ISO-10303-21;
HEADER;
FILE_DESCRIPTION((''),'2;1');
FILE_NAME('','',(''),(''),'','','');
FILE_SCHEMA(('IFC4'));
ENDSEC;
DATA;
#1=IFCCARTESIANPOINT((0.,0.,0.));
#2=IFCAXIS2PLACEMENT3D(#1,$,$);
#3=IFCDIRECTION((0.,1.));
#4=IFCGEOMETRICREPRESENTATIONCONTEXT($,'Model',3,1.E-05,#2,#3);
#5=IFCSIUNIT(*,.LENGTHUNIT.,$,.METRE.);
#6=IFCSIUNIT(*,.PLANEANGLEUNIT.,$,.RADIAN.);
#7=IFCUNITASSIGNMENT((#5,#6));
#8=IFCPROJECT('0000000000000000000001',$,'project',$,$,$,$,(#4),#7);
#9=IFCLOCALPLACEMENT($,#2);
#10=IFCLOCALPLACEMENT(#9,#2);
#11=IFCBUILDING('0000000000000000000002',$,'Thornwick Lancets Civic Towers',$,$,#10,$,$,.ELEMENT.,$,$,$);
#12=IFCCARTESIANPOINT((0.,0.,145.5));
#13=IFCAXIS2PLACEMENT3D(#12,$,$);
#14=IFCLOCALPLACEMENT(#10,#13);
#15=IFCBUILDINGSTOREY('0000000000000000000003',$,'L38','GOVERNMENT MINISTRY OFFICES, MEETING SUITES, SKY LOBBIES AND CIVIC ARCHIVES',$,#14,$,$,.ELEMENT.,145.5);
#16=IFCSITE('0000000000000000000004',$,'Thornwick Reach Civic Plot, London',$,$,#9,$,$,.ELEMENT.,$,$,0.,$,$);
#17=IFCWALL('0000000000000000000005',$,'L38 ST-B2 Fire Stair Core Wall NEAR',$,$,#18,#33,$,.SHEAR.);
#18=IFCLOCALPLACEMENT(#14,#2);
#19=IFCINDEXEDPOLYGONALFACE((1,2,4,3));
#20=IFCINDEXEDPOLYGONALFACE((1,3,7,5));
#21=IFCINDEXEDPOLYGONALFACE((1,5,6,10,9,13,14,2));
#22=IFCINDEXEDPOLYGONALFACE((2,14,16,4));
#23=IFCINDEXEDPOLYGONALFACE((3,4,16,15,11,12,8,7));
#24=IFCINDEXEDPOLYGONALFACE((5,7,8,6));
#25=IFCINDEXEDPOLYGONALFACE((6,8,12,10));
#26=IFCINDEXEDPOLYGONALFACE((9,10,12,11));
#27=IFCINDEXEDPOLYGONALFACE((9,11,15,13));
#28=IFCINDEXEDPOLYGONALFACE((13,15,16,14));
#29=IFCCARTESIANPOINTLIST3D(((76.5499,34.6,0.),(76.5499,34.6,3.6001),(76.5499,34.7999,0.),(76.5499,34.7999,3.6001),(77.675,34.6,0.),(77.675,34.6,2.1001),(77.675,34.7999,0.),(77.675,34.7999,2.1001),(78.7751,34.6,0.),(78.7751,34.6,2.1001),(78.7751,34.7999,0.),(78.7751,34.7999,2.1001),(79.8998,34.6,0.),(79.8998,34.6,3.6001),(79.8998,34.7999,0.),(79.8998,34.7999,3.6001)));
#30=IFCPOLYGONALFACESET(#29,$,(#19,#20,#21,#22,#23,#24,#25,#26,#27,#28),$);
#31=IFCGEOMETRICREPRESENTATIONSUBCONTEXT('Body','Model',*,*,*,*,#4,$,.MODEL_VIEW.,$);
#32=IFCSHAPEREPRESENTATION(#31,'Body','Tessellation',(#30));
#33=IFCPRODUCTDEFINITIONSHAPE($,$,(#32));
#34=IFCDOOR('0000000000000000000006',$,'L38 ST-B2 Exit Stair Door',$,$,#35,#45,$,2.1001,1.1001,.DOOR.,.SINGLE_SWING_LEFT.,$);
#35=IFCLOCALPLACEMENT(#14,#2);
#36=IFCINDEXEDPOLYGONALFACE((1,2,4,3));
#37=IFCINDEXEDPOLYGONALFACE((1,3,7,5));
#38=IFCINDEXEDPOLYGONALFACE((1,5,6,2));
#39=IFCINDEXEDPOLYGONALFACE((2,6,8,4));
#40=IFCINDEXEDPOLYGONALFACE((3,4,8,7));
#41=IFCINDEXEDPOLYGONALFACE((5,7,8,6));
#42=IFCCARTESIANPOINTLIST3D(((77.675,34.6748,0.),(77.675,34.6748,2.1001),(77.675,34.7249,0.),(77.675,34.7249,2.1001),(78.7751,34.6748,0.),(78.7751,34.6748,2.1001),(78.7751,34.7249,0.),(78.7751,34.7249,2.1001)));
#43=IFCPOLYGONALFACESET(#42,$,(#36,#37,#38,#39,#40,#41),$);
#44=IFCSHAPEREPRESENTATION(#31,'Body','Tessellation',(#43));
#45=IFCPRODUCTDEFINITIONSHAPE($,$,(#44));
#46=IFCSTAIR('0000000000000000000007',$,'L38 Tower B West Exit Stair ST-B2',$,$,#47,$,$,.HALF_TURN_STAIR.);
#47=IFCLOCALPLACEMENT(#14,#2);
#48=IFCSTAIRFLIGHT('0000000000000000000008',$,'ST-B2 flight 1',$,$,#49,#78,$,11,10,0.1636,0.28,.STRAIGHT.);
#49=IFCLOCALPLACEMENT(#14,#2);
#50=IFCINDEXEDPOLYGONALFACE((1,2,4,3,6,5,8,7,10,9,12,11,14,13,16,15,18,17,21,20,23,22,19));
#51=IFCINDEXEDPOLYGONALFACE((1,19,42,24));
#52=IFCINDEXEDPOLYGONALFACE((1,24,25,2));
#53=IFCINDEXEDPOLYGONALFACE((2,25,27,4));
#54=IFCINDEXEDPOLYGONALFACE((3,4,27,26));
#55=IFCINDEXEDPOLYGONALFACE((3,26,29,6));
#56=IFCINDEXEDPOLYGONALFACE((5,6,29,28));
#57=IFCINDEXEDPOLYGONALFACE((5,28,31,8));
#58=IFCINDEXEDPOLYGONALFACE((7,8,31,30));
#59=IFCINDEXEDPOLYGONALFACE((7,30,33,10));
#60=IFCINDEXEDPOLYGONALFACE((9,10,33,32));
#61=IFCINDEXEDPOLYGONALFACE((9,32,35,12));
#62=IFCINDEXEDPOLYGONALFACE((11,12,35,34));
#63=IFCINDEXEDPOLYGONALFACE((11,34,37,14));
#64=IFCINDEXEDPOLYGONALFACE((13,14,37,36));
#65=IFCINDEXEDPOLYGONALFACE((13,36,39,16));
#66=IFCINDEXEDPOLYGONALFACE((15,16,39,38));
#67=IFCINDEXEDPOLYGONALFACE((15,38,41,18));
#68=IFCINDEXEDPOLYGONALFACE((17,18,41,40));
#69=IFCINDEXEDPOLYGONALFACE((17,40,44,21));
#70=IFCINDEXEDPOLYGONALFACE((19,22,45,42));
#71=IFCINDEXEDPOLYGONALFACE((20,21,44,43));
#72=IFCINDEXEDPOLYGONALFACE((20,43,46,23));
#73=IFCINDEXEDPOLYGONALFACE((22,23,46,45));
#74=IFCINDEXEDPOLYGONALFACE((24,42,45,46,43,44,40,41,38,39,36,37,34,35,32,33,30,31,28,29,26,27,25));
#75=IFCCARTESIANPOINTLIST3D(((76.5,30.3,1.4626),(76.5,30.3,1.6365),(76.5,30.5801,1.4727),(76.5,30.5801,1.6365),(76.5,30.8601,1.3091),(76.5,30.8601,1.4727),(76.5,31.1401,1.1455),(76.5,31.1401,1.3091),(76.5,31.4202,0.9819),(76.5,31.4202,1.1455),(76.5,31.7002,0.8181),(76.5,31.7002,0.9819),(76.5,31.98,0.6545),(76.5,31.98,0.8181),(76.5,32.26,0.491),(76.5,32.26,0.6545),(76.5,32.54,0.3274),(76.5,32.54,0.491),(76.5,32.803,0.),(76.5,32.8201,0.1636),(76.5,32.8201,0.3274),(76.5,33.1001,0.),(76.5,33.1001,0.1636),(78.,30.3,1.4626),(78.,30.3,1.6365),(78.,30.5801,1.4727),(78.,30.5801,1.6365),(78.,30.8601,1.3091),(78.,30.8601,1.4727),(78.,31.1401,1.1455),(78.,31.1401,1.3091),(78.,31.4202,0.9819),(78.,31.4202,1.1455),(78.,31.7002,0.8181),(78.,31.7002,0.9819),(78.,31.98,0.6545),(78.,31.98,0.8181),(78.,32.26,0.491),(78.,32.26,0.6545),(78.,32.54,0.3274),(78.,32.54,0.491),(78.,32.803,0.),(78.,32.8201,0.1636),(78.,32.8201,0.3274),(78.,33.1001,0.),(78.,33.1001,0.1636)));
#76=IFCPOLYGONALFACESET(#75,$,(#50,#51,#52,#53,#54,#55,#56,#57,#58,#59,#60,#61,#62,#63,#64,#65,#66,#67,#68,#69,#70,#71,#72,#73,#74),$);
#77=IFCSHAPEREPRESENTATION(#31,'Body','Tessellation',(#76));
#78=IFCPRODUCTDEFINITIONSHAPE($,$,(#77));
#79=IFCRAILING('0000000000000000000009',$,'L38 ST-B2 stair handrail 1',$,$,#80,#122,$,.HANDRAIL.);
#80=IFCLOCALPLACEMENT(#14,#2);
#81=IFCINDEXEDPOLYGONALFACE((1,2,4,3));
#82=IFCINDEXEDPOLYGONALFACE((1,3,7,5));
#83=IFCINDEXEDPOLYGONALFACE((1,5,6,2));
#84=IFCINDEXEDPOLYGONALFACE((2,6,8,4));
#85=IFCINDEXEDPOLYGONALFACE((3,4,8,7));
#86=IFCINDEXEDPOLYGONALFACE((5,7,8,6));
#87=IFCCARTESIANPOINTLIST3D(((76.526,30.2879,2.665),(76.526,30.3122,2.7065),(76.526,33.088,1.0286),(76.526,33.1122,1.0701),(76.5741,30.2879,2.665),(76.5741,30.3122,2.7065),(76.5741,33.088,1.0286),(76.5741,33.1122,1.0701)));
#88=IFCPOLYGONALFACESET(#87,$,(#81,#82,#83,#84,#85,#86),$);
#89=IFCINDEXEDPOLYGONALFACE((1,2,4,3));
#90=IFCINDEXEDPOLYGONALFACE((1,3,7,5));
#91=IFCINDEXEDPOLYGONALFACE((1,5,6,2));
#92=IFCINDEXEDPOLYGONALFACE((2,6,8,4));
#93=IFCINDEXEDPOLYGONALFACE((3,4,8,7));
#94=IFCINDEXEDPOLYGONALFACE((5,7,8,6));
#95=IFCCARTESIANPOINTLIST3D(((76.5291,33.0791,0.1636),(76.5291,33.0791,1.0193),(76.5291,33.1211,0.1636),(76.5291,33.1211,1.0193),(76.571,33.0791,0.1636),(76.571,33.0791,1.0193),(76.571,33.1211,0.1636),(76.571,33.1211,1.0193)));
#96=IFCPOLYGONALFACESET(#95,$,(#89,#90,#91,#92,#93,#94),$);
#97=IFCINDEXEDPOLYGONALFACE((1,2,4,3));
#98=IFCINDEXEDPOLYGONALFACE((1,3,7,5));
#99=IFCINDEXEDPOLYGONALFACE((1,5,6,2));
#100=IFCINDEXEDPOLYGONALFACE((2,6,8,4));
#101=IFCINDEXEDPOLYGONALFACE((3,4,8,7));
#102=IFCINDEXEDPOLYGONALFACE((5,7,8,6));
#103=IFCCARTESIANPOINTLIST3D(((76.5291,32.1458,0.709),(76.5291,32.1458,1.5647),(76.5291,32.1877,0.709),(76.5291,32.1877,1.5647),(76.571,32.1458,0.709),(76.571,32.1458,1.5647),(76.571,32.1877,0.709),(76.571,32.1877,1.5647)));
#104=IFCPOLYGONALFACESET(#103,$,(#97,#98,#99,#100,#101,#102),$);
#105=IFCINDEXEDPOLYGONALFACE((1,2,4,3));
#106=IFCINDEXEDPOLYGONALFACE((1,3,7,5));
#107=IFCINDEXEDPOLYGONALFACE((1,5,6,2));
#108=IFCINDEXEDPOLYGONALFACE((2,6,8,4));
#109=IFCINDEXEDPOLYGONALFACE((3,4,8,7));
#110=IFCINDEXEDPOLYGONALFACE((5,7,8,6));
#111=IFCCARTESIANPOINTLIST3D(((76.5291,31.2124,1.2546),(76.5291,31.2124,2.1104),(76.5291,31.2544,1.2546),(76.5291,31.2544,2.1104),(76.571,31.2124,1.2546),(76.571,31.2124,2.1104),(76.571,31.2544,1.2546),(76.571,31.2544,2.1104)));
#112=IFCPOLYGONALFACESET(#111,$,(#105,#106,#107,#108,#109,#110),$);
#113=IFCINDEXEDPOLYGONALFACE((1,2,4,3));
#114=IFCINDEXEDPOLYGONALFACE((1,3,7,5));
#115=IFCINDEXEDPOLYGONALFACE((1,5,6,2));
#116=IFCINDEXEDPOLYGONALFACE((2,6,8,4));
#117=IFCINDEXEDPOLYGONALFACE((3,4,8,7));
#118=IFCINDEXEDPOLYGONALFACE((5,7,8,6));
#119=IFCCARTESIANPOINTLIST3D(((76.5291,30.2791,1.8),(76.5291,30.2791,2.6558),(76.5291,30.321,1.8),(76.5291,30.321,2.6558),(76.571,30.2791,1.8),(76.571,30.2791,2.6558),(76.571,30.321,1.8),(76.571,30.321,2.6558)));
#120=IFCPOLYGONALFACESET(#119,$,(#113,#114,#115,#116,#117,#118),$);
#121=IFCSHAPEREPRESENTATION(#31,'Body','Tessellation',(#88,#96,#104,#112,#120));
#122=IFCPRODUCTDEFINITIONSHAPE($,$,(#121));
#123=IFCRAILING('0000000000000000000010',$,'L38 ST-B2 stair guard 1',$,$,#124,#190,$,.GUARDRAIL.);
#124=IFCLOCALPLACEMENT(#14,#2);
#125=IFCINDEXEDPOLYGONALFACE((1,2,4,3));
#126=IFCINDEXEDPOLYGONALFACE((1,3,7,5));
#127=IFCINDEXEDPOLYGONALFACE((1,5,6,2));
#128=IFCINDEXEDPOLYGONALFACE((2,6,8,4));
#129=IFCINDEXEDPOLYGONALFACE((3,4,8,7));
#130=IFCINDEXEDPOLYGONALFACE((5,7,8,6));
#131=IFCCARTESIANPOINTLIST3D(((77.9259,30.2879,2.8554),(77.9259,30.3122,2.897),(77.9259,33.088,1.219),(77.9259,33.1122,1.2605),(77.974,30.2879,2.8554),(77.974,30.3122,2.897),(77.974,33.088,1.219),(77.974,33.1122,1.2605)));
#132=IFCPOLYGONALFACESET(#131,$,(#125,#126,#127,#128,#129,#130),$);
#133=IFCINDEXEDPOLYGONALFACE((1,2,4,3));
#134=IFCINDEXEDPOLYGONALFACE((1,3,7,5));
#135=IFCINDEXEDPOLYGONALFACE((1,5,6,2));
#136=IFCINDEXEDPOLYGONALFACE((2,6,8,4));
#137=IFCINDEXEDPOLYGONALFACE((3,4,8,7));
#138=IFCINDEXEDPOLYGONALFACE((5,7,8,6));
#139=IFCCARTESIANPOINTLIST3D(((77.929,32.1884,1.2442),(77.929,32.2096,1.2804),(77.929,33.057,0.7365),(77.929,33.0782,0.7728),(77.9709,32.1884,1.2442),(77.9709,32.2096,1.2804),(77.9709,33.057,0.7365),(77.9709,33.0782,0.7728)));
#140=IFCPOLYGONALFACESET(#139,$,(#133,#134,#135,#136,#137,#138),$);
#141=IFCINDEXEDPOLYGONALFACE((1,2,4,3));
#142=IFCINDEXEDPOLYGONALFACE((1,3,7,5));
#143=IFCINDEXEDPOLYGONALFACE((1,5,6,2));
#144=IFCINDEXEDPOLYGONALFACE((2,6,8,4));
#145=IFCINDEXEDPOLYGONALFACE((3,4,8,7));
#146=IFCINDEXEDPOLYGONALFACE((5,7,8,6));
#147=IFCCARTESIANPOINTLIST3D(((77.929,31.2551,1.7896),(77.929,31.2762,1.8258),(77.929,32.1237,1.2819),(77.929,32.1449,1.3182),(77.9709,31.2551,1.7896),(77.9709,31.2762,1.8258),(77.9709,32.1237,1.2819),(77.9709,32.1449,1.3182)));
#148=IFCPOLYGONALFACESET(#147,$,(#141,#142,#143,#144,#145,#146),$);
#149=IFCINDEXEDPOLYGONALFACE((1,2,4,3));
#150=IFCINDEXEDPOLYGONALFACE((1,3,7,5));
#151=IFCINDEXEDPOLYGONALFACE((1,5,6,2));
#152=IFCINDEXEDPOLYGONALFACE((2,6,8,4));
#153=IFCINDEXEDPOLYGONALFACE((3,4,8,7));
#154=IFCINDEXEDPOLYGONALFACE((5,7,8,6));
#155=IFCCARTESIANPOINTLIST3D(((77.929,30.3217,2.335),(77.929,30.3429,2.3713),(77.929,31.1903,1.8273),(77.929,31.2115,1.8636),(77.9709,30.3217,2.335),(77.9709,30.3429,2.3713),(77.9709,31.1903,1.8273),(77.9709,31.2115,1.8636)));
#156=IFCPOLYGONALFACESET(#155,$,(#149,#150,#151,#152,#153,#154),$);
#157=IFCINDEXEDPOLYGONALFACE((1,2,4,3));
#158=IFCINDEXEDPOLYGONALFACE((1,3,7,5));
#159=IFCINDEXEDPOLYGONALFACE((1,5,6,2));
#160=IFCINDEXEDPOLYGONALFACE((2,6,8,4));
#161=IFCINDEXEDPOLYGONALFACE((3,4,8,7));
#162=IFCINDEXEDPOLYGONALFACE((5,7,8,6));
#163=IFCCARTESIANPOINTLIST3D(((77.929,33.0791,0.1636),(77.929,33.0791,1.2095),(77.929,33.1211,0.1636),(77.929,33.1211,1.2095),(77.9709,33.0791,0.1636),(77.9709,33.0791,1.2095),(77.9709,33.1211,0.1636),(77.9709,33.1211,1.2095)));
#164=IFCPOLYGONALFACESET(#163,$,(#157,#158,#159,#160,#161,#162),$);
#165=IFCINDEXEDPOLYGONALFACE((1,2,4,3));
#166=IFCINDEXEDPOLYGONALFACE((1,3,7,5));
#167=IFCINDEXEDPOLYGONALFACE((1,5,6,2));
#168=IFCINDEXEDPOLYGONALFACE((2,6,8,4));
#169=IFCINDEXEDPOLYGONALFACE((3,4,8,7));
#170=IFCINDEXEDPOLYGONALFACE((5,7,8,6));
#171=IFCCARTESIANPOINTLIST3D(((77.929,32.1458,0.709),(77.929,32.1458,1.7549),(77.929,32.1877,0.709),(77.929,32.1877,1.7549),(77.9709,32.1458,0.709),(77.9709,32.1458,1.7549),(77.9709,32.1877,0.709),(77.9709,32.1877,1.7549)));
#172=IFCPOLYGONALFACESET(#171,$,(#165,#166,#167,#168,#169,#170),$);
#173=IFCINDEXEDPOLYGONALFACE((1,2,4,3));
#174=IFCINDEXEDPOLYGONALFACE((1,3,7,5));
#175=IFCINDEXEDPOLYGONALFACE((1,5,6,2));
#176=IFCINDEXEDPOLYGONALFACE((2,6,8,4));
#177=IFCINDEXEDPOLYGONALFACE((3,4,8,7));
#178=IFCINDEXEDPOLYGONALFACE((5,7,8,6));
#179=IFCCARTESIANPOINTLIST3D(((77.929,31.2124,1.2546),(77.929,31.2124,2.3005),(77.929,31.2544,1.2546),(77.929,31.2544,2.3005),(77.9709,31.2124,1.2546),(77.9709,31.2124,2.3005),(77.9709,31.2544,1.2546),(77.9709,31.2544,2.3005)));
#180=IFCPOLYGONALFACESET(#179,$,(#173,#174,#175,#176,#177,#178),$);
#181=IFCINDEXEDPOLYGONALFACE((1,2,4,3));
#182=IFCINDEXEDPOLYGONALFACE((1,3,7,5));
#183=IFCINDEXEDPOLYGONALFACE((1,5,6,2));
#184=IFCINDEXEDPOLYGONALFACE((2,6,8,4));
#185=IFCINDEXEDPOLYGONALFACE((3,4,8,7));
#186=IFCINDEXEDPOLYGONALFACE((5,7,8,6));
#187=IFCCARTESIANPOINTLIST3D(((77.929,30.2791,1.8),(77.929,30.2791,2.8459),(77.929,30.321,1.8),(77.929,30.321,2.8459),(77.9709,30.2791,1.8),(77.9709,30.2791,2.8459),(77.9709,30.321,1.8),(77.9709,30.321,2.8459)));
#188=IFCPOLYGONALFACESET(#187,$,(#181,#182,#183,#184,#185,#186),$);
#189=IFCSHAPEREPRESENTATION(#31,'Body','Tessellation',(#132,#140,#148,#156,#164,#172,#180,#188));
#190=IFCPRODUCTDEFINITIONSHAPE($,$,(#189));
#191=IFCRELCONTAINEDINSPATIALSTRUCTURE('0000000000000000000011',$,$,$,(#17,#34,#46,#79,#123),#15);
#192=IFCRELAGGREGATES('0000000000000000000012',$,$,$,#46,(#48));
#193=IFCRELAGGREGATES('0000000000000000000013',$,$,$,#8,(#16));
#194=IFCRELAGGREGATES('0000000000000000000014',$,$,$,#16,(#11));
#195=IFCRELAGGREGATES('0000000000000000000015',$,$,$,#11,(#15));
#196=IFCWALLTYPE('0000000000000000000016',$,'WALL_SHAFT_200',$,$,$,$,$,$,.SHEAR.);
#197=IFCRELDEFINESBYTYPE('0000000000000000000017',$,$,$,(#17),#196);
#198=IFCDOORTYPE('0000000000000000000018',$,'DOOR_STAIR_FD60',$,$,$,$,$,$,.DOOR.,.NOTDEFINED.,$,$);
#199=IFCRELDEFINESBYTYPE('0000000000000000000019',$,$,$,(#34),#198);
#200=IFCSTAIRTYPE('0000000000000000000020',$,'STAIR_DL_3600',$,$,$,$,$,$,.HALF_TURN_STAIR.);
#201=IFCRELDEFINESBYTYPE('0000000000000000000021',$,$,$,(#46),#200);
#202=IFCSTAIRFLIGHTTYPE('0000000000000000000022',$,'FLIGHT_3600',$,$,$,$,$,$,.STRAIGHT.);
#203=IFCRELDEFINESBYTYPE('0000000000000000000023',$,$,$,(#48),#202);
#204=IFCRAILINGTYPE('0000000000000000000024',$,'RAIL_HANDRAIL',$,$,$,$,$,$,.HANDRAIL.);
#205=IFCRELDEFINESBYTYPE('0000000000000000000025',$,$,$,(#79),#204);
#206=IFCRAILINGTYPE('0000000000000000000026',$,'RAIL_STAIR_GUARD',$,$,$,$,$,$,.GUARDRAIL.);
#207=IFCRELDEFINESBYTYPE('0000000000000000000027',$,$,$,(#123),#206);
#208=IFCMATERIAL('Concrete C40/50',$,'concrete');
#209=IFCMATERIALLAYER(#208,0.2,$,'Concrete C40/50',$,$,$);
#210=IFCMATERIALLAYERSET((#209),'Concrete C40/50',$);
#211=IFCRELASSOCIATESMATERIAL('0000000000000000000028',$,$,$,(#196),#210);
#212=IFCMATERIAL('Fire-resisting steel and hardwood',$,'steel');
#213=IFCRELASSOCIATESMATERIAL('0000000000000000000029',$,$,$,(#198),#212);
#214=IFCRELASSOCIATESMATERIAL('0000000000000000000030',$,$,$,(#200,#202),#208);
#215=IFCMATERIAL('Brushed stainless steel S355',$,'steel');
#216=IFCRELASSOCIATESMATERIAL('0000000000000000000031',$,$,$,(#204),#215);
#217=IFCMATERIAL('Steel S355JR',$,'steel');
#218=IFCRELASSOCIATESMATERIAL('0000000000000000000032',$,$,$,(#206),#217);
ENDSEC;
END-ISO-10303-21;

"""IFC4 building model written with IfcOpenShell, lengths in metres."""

from ifc_helpers import new_model, si_unit, direction, frame, frame_2d, origin, origin_2d, place, context, subcontext, project, spatial, polyline, rectangle, outline, extrude, material, layer, layer_set, type_object, element, fill, aggregate, save


model = new_model("IFC4")

# Units and contexts
model_context = context("Model", 3, precision=1e-05, world=origin(), true_north=direction((0.0, 1.0)))
body_context = subcontext(model_context, "Body", "Model", "MODEL_VIEW")
ifc_project = project(units=[si_unit("LENGTHUNIT", "METRE"), si_unit("PLANEANGLEUNIT", "RADIAN")], contexts=[model_context])

# Site, building, storey
site_placement = place(None, origin())
site = spatial("IfcSite", under=ifc_project, at=site_placement, Name="Thornwick Reach Civic Plot, London", CompositionType="ELEMENT", RefElevation=0.0)
building_placement = place(site_placement, origin())
building = spatial("IfcBuilding", under=site, at=building_placement, Name="Thornwick Lancets Civic Towers", CompositionType="ELEMENT")
storey_placement = place(building_placement, frame((0.0, 0.0, 145.5)))
storey = spatial("IfcBuildingStorey", under=building, at=storey_placement, Name="L38", Description="GOVERNMENT MINISTRY OFFICES, MEETING SUITES, SKY LOBBIES AND CIVIC ARCHIVES", CompositionType="ELEMENT", Elevation=145.5)

# Shared definitions
ifc_material_1 = material(Name="Steel S355JR", Category="steel")
ifc_material_2 = material(Name="Concrete C40/50", Category="concrete")

# Wall, opening, door
ifc_layer_1 = layer(ifc_material_2, 0.2, Name="Concrete C40/50")
ifc_layer_set_1 = layer_set([ifc_layer_1], Name="Concrete C40/50")
wall_type_1 = type_object("IfcWallType", Name="WALL_SHAFT_200", PredefinedType="SHEAR", material=ifc_layer_set_1)
wall_1_placement = place(storey_placement, frame((76.55, 34.7, 0.0), z_axis=(0.0, 0.0, 1.0), x_axis=(1.0, 0.0, 0.0)))
wall_1 = element("IfcWall", 1, at=wall_1_placement, inside=storey, type_object=wall_type_1, Name="L38 ST-B2 Fire Stair Core Wall NEAR", PredefinedType="SHEAR", context=body_context, shape_type="SweptSolid", body=[
    extrude(rectangle(XDim=3.3499, YDim=0.2, at=frame_2d((1.6748, 0.0))), origin(), (0.0, 0.0, 1.0), 3.6001),
])
opening_placement = place(wall_1_placement, frame((1.125, 0.0, 0.0)))
opening = element("IfcOpeningElement", 2, at=opening_placement, cuts=wall_1, PredefinedType="OPENING", context=body_context, shape_type="SweptSolid", body=[
    extrude(rectangle(XDim=1.1001, YDim=2.1001, at=frame_2d((0.55, 1.05))), frame((0.0, 0.1099, 0.0), z_axis=(0.0, -1.0, 0.0), x_axis=(1.0, 0.0, 0.0)), (0.0, 0.0, 1.0), 0.22),
])
ifc_material_3 = material(Name="Fire-resisting steel and hardwood", Category="steel")
door_type = type_object("IfcDoorType", Name="DOOR_STAIR_FD60", OperationType="NOTDEFINED", PredefinedType="DOOR", material=ifc_material_3)
door_placement = place(opening_placement, origin())
door = element("IfcDoor", 3, at=door_placement, inside=storey, type_object=door_type, Name="L38 ST-B2 Exit Stair Door", OperationType="SINGLE_SWING_LEFT", OverallHeight=2.1001, OverallWidth=1.1001, PredefinedType="DOOR", context=body_context, shape_type="SweptSolid", body=[
    extrude(rectangle(XDim=1.1001, YDim=2.1001, at=frame_2d((0.55, 1.05))), frame((0.0, 0.0249, 0.0), z_axis=(0.0, -1.0, 0.0), x_axis=(1.0, 0.0, 0.0)), (0.0, 0.0, 1.0), 0.05),
])
fill(opening, door)

# Stair, stair flight
stair_type = type_object("IfcStairType", Name="STAIR_DL_3600", PredefinedType="HALF_TURN_STAIR", material=ifc_material_2)
stair_placement = place(storey_placement, origin())
stair = element("IfcStair", 4, at=stair_placement, inside=storey, type_object=stair_type, Name="L38 Tower B West Exit Stair ST-B2", PredefinedType="HALF_TURN_STAIR")
stair_flight_type = type_object("IfcStairFlightType", Name="FLIGHT_3600", PredefinedType="STRAIGHT", material=ifc_material_2)
stair_flight_placement = place(storey_placement, frame((77.25, 33.1001, 0.0), z_axis=(0.0, 0.0, 1.0), x_axis=(0.0, -1.0, 0.0)))
stair_flight = element("IfcStairFlight", 5, at=stair_flight_placement, type_object=stair_flight_type, Name="ST-B2 flight 1", NumberOfRisers=11, NumberOfTreads=10, PredefinedType="STRAIGHT", RiserHeight=0.1636, TreadLength=0.28, context=body_context, shape_type="SweptSolid", body=[
    extrude(outline(polyline([(0.0, 0.0), (0.0, 0.1636), (0.28, 0.1636), (0.28, 0.3274), (0.5601, 0.3274), (0.5601, 0.491), (0.8401, 0.491), (0.8401, 0.6545), (1.1201, 0.6545), (1.1201, 0.8181), (1.3999, 0.8181), (1.3999, 0.9819), (1.6799, 0.9819), (1.6799, 1.1455), (1.96, 1.1455), (1.96, 1.3091), (2.24, 1.3091), (2.24, 1.4727), (2.52, 1.4727), (2.52, 1.6365), (2.8, 1.6365), (2.8, 1.8), (2.8, 1.4626), (0.2971, 0.0), (0.0, 0.0)])), frame((0.0, 0.75, 0.0), z_axis=(0.0, -1.0, 0.0), x_axis=(1.0, 0.0, 0.0)), (0.0, 0.0, 1.0), 1.5),
])
aggregate(stair, [stair_flight])

# Railings
ifc_material_4 = material(Name="Brushed stainless steel S355", Category="steel")
railing_type_1 = type_object("IfcRailingType", Name="RAIL_HANDRAIL", PredefinedType="HANDRAIL", material=ifc_material_4)
railing_1_placement = place(storey_placement, frame((76.55, 33.1001, 0.1636)))
element("IfcRailing", 6, at=railing_1_placement, inside=storey, type_object=railing_type_1, Name="L38 ST-B2 stair handrail 1", PredefinedType="HANDRAIL", context=body_context, shape_type="SweptSolid", body=[
    extrude(rectangle(XDim=0.0481, YDim=0.0481, at=origin_2d()), frame((0.0, 0.0, 0.8857), z_axis=(0.0, -0.863361, 0.504587), x_axis=(1.0, 0.0, 0.0)), (0.0, 0.0, 1.0), 3.2432),
    extrude(rectangle(XDim=0.042, YDim=0.042, at=origin_2d()), origin(), (0.0, 0.0, 1.0), 0.8557),
    extrude(rectangle(XDim=0.042, YDim=0.042, at=origin_2d()), frame((0.0, -0.9333, 0.5454)), (0.0, 0.0, 1.0), 0.8557),
    extrude(rectangle(XDim=0.042, YDim=0.042, at=origin_2d()), frame((0.0, -1.8667, 1.0911)), (0.0, 0.0, 1.0), 0.8557),
    extrude(rectangle(XDim=0.042, YDim=0.042, at=origin_2d()), frame((0.0, -2.8, 1.6365)), (0.0, 0.0, 1.0), 0.8557),
])
railing_type_2 = type_object("IfcRailingType", Name="RAIL_STAIR_GUARD", PredefinedType="GUARDRAIL", material=ifc_material_1)
railing_2_placement = place(storey_placement, frame((77.95, 33.1001, 0.1636)))
element("IfcRailing", 7, at=railing_2_placement, inside=storey, type_object=railing_type_2, Name="L38 ST-B2 stair guard 1", PredefinedType="GUARDRAIL", context=body_context, shape_type="SweptSolid", body=[
    extrude(rectangle(XDim=0.0481, YDim=0.0481, at=origin_2d()), frame((0.0, 0.0, 1.0762), z_axis=(0.0, -0.863361, 0.504587), x_axis=(1.0, 0.0, 0.0)), (0.0, 0.0, 1.0), 3.2432),
    extrude(rectangle(XDim=0.042, YDim=0.042, at=origin_2d()), frame((0.0, -0.0325, 0.5911), z_axis=(0.0, -0.863361, 0.504587), x_axis=(1.0, 0.0, 0.0)), (0.0, 0.0, 1.0), 1.0061),
    extrude(rectangle(XDim=0.042, YDim=0.042, at=origin_2d()), frame((0.0, -0.9658, 1.1365), z_axis=(0.0, -0.863361, 0.504587), x_axis=(1.0, 0.0, 0.0)), (0.0, 0.0, 1.0), 1.0061),
    extrude(rectangle(XDim=0.042, YDim=0.042, at=origin_2d()), frame((0.0, -1.8992, 1.6819), z_axis=(0.0, -0.863361, 0.504587), x_axis=(1.0, 0.0, 0.0)), (0.0, 0.0, 1.0), 1.0061),
    extrude(rectangle(XDim=0.042, YDim=0.042, at=origin_2d()), origin(), (0.0, 0.0, 1.0), 1.0459),
    extrude(rectangle(XDim=0.042, YDim=0.042, at=origin_2d()), frame((0.0, -0.9333, 0.5454)), (0.0, 0.0, 1.0), 1.0459),
    extrude(rectangle(XDim=0.042, YDim=0.042, at=origin_2d()), frame((0.0, -1.8667, 1.0911)), (0.0, 0.0, 1.0), 1.0459),
    extrude(rectangle(XDim=0.042, YDim=0.042, at=origin_2d()), frame((0.0, -2.8, 1.6365)), (0.0, 0.0, 1.0), 1.0459),
])

save(model, "model.ifc")
